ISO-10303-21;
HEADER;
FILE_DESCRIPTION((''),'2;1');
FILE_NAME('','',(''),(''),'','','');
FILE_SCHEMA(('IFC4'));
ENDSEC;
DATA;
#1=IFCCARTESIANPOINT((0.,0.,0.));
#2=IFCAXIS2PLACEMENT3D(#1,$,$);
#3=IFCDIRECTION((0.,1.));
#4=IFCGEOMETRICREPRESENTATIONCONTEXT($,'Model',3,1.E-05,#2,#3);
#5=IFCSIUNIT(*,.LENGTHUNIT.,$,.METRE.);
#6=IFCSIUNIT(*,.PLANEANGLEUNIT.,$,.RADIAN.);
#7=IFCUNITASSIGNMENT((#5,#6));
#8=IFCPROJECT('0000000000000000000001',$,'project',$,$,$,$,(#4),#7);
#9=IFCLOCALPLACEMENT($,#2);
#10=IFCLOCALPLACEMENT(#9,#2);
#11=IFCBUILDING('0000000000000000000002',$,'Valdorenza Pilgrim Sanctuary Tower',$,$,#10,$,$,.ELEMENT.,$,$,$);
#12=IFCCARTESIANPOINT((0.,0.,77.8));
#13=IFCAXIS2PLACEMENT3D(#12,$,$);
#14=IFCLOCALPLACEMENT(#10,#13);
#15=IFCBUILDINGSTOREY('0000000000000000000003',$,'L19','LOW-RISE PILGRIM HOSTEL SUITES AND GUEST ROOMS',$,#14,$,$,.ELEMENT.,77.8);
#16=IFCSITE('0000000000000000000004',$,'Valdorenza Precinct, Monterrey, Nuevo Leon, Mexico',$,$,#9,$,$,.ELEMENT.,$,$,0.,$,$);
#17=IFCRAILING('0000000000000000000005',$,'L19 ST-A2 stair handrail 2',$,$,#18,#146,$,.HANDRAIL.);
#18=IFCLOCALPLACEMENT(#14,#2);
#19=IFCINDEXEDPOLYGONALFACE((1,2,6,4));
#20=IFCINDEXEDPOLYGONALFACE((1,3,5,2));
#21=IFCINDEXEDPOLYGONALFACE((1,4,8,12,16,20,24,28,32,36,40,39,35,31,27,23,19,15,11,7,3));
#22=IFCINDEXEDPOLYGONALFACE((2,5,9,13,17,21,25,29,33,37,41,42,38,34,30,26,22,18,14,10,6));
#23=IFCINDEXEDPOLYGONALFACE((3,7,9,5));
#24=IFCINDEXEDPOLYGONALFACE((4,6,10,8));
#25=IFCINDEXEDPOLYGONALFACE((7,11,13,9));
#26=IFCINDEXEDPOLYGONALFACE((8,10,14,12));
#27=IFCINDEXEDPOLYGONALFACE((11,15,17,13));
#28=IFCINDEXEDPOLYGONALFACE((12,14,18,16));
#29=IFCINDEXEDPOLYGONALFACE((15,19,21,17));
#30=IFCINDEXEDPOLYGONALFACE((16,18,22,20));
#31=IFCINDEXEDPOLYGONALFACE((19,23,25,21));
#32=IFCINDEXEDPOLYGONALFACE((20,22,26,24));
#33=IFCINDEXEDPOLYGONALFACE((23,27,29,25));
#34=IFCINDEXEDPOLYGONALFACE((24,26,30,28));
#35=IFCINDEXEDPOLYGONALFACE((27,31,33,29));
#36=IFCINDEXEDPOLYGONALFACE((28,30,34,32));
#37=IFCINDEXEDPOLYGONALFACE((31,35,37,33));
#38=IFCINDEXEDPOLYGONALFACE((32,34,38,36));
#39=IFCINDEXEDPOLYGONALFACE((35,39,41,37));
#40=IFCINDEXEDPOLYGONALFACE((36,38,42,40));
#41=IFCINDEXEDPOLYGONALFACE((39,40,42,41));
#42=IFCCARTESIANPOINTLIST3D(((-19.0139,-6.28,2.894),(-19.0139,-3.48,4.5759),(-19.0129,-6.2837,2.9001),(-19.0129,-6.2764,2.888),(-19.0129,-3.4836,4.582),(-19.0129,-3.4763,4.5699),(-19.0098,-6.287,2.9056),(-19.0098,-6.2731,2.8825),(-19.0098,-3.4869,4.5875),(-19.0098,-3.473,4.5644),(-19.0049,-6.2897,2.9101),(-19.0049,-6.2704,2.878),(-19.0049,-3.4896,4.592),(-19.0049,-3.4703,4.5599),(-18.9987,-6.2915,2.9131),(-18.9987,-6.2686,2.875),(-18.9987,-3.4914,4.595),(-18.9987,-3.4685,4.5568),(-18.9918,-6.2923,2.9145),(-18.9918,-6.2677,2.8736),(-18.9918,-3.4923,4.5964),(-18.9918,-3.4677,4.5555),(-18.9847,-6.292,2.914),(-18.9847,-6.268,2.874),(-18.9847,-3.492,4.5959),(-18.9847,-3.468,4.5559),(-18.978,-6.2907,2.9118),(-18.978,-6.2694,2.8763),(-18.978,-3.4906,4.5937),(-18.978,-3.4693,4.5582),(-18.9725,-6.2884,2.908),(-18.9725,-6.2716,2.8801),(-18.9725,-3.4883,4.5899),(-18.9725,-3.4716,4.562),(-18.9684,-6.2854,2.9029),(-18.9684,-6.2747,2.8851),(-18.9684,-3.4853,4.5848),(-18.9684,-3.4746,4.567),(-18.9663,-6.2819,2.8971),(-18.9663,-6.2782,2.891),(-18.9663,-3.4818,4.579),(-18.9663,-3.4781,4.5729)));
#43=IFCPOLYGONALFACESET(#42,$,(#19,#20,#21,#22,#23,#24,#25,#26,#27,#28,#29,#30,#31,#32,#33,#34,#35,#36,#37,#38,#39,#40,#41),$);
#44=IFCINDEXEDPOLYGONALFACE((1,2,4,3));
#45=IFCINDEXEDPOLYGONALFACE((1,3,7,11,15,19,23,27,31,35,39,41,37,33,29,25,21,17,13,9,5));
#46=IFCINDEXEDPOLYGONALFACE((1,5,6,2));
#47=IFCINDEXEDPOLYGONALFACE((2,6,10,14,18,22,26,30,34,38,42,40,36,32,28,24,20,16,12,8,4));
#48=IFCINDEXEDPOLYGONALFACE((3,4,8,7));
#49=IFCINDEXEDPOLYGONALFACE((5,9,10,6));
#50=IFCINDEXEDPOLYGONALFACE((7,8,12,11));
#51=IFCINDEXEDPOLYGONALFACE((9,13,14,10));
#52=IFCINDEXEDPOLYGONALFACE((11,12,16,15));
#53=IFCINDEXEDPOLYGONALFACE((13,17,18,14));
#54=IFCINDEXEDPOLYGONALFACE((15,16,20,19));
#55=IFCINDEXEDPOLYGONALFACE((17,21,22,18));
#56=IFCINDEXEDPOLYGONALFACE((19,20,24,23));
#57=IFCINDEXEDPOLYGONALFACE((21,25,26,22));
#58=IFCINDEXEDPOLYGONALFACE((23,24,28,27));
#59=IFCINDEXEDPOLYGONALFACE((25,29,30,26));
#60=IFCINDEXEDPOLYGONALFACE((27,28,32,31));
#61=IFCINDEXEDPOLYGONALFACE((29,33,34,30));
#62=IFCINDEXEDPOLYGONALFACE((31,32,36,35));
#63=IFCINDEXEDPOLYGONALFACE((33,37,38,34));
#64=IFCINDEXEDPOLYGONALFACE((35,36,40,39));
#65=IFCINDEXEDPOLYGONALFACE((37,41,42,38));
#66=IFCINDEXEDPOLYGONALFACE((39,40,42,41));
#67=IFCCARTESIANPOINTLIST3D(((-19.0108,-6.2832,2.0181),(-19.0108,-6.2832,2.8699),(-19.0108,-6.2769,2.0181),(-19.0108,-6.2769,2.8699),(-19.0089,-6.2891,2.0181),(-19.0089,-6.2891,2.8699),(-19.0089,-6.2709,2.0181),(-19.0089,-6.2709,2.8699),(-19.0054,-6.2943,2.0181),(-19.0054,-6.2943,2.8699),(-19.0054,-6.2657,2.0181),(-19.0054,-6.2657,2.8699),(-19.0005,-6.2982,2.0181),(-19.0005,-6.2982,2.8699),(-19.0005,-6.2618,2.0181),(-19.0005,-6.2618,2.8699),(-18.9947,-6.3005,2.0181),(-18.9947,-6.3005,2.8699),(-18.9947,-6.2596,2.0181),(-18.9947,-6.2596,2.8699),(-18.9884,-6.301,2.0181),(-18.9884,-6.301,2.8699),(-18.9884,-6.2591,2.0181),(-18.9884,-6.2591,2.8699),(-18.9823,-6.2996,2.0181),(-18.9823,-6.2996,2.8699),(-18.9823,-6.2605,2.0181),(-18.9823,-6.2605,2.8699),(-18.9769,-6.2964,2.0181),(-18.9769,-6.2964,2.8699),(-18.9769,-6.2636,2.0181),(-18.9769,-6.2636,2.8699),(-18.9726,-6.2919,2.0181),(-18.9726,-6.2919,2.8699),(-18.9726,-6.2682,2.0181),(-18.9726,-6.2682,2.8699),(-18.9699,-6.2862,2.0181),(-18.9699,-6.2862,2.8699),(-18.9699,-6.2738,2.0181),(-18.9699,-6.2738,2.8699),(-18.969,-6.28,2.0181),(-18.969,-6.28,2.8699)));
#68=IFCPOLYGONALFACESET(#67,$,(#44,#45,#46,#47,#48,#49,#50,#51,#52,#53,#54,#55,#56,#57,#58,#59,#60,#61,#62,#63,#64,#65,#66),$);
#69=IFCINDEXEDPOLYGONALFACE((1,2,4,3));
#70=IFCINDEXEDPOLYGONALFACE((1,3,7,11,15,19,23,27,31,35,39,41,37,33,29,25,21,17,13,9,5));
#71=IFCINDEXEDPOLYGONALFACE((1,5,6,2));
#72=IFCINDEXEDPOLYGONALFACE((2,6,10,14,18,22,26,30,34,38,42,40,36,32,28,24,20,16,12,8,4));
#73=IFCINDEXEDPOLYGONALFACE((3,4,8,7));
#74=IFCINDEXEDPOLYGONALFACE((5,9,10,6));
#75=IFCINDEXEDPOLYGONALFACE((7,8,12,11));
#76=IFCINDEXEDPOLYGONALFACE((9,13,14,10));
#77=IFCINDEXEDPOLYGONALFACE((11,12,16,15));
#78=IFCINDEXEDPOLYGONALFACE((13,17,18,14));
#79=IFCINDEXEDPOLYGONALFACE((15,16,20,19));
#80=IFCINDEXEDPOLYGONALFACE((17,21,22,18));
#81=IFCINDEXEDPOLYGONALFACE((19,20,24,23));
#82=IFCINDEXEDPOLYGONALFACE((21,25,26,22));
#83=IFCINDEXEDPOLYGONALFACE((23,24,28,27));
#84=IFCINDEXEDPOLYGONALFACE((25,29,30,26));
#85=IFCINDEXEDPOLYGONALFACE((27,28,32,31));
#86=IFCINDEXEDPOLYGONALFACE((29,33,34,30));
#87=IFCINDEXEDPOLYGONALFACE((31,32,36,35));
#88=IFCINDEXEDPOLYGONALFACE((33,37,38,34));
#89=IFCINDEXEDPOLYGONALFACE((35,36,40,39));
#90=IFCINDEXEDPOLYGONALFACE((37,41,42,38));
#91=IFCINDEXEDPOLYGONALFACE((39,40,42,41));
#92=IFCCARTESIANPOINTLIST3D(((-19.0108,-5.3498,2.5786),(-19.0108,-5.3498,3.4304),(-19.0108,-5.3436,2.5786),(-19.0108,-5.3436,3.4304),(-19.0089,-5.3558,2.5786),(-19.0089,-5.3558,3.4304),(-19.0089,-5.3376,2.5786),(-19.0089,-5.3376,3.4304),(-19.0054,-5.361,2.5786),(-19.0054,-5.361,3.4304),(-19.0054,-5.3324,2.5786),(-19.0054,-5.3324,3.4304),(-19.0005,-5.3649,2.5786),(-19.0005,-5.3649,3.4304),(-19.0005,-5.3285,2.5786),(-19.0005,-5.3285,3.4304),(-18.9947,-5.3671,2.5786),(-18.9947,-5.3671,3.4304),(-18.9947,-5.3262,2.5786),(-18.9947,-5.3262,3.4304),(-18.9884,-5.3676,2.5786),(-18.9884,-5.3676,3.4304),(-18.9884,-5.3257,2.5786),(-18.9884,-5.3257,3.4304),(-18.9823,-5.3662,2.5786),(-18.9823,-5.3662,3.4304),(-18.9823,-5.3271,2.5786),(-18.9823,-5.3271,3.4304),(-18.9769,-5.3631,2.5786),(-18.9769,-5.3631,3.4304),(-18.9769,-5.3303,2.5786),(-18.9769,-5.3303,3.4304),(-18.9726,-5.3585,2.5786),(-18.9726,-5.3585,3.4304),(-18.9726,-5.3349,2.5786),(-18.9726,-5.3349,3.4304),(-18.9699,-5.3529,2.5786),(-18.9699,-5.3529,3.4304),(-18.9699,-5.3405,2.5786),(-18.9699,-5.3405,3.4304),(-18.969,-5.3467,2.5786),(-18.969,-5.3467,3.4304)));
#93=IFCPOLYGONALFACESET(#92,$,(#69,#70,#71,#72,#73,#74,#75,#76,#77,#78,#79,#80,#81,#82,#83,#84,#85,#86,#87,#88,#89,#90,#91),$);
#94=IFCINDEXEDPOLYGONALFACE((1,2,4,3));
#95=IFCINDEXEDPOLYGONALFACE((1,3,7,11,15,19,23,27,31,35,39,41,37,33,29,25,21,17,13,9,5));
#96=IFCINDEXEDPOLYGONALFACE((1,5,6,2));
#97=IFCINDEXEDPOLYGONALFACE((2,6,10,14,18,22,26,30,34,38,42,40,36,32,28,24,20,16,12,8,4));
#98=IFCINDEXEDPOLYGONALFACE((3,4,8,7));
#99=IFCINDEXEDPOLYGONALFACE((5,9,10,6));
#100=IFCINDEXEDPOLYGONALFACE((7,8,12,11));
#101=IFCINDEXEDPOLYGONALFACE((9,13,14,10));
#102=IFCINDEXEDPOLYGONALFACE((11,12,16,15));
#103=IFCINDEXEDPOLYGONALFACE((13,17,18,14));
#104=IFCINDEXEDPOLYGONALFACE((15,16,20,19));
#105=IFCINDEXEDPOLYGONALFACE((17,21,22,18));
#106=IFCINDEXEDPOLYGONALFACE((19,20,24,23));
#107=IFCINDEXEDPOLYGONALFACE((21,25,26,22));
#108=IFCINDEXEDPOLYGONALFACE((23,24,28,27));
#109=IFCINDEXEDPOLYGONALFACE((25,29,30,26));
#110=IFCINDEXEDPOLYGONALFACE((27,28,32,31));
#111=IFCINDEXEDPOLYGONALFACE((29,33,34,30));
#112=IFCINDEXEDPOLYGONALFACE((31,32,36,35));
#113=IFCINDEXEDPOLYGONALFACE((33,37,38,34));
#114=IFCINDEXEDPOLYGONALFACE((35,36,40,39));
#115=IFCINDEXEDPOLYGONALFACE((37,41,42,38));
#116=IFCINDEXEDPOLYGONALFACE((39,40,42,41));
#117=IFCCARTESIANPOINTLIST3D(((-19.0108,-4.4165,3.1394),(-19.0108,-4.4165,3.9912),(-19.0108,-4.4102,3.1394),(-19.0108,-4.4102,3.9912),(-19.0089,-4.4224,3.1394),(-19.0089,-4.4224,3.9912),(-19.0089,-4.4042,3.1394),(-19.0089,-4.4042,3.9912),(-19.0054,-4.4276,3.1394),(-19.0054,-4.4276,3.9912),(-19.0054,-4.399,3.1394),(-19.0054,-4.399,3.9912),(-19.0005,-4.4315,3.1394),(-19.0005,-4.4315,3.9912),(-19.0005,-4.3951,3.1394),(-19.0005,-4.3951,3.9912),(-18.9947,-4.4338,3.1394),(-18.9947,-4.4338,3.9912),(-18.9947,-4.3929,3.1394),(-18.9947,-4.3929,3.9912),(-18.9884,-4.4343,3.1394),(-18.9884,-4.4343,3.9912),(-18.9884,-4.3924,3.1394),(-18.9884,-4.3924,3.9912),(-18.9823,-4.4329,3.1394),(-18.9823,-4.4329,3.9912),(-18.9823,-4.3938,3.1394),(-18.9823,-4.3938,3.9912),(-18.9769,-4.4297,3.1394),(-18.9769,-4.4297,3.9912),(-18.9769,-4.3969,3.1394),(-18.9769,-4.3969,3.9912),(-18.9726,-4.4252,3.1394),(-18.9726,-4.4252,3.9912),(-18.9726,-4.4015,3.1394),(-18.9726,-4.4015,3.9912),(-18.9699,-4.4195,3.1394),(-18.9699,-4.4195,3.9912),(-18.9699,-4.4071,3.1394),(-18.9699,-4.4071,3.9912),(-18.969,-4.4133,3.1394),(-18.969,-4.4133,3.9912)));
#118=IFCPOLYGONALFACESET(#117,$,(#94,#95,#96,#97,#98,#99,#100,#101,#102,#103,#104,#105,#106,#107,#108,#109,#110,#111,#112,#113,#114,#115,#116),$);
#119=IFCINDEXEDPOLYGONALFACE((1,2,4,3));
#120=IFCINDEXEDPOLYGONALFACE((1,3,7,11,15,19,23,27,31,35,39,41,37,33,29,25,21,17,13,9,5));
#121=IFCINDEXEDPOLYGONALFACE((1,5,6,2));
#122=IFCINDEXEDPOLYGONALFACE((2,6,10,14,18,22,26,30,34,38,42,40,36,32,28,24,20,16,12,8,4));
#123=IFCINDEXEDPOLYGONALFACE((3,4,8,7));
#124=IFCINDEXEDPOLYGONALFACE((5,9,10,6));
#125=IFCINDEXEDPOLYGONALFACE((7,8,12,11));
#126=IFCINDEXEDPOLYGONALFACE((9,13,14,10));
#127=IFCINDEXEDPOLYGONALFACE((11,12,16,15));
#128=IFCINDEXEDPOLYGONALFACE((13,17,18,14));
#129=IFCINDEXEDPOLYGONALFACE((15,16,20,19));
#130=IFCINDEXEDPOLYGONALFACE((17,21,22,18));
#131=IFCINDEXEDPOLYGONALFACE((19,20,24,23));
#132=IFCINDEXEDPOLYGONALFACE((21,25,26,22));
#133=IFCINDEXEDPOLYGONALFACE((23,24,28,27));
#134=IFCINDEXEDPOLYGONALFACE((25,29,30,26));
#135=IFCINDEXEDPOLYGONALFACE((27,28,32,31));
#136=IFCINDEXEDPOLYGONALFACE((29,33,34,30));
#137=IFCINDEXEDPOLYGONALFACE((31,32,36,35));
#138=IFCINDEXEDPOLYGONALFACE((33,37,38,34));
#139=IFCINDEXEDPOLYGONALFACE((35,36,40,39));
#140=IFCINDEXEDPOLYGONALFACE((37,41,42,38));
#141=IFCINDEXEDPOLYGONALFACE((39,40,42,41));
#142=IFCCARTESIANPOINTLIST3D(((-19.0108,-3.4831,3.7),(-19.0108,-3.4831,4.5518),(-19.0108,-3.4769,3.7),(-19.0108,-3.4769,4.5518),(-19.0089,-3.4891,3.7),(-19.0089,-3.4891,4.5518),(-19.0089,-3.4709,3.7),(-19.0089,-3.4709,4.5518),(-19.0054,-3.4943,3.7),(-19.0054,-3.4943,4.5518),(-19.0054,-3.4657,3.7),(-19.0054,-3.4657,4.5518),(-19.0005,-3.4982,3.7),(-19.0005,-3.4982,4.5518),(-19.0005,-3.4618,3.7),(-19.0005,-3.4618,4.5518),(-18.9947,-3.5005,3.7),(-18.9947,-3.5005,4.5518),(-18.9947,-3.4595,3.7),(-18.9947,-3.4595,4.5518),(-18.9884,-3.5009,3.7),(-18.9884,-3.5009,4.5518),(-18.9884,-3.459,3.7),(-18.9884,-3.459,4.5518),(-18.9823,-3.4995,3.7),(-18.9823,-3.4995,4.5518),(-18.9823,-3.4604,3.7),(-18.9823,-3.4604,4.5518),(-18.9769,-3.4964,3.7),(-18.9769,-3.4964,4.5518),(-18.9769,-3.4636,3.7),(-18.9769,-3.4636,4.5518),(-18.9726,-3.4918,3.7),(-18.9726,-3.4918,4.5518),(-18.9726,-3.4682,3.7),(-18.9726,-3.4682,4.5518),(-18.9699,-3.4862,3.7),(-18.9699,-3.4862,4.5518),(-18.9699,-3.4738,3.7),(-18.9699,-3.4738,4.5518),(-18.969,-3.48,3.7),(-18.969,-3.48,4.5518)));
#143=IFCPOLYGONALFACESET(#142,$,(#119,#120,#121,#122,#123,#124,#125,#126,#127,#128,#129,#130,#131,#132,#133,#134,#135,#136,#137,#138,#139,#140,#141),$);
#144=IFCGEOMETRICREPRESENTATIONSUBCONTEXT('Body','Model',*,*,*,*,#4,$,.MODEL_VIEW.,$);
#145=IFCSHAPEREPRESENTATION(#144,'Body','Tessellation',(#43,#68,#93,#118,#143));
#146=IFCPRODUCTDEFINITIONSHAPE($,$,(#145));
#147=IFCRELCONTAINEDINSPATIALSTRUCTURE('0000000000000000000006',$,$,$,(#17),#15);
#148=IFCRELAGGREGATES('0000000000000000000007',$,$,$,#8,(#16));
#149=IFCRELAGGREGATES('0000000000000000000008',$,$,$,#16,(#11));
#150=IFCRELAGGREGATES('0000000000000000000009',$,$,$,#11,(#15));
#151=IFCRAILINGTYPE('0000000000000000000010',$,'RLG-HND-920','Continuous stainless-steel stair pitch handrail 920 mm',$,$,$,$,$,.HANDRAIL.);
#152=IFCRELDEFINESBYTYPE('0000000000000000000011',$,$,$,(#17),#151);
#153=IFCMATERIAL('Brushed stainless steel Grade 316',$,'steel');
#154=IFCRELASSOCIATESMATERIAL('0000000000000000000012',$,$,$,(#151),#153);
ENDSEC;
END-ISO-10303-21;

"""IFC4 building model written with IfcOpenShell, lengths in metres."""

from ifc_helpers import new_model, si_unit, direction, frame, origin, origin_2d, place, context, subcontext, project, spatial, circle, extrude, material, type_object, element, save


model = new_model("IFC4")

# Units and contexts
model_context = context("Model", 3, precision=1e-05, world=origin(), true_north=direction((0.0, 1.0)))
body_context = subcontext(model_context, "Body", "Model", "MODEL_VIEW")
ifc_project = project(units=[si_unit("LENGTHUNIT", "METRE"), si_unit("PLANEANGLEUNIT", "RADIAN")], contexts=[model_context])

# Site, building, storey
site_placement = place(None, origin())
site = spatial("IfcSite", under=ifc_project, at=site_placement, Name="Valdorenza Precinct, Monterrey, Nuevo Leon, Mexico", CompositionType="ELEMENT", RefElevation=0.0)
building_placement = place(site_placement, origin())
building = spatial("IfcBuilding", under=site, at=building_placement, Name="Valdorenza Pilgrim Sanctuary Tower", CompositionType="ELEMENT")
storey_placement = place(building_placement, frame((0.0, 0.0, 77.8)))
storey = spatial("IfcBuildingStorey", under=building, at=storey_placement, Name="L19", Description="LOW-RISE PILGRIM HOSTEL SUITES AND GUEST ROOMS", CompositionType="ELEMENT", Elevation=77.8)

# Shared definitions
ifc_material_1 = material(Name="Brushed stainless steel Grade 316", Category="steel")

# Railing
railing_type_1 = type_object("IfcRailingType", Name="RLG-HND-920", Description="Continuous stainless-steel stair pitch handrail 920 mm", PredefinedType="HANDRAIL", material=ifc_material_1)
railing_1_placement = place(storey_placement, frame((-18.99, -6.28, 2.0181)))
element("IfcRailing", 1, at=railing_1_placement, inside=storey, type_object=railing_type_1, Name="L19 ST-A2 stair handrail 2", PredefinedType="HANDRAIL", context=body_context, shape_type="SweptSolid", body=[
    extrude(circle(Radius=0.0239, at=origin_2d()), frame((0.0, 0.0, 0.876), z_axis=(0.0, 0.857242, 0.514913), x_axis=(-1.0, 0.0, 0.0)), (0.0, 0.0, 1.0), 3.2664),
    extrude(circle(Radius=0.021, at=origin_2d()), origin(), (0.0, 0.0, 1.0), 0.8518),
    extrude(circle(Radius=0.021, at=origin_2d()), frame((0.0, 0.9333, 0.5605)), (0.0, 0.0, 1.0), 0.8518),
    extrude(circle(Radius=0.021, at=origin_2d()), frame((0.0, 1.8667, 1.1213)), (0.0, 0.0, 1.0), 0.8518),
    extrude(circle(Radius=0.021, at=origin_2d()), frame((0.0, 2.8, 1.6819)), (0.0, 0.0, 1.0), 0.8518),
])

save(model, "model.ifc")
